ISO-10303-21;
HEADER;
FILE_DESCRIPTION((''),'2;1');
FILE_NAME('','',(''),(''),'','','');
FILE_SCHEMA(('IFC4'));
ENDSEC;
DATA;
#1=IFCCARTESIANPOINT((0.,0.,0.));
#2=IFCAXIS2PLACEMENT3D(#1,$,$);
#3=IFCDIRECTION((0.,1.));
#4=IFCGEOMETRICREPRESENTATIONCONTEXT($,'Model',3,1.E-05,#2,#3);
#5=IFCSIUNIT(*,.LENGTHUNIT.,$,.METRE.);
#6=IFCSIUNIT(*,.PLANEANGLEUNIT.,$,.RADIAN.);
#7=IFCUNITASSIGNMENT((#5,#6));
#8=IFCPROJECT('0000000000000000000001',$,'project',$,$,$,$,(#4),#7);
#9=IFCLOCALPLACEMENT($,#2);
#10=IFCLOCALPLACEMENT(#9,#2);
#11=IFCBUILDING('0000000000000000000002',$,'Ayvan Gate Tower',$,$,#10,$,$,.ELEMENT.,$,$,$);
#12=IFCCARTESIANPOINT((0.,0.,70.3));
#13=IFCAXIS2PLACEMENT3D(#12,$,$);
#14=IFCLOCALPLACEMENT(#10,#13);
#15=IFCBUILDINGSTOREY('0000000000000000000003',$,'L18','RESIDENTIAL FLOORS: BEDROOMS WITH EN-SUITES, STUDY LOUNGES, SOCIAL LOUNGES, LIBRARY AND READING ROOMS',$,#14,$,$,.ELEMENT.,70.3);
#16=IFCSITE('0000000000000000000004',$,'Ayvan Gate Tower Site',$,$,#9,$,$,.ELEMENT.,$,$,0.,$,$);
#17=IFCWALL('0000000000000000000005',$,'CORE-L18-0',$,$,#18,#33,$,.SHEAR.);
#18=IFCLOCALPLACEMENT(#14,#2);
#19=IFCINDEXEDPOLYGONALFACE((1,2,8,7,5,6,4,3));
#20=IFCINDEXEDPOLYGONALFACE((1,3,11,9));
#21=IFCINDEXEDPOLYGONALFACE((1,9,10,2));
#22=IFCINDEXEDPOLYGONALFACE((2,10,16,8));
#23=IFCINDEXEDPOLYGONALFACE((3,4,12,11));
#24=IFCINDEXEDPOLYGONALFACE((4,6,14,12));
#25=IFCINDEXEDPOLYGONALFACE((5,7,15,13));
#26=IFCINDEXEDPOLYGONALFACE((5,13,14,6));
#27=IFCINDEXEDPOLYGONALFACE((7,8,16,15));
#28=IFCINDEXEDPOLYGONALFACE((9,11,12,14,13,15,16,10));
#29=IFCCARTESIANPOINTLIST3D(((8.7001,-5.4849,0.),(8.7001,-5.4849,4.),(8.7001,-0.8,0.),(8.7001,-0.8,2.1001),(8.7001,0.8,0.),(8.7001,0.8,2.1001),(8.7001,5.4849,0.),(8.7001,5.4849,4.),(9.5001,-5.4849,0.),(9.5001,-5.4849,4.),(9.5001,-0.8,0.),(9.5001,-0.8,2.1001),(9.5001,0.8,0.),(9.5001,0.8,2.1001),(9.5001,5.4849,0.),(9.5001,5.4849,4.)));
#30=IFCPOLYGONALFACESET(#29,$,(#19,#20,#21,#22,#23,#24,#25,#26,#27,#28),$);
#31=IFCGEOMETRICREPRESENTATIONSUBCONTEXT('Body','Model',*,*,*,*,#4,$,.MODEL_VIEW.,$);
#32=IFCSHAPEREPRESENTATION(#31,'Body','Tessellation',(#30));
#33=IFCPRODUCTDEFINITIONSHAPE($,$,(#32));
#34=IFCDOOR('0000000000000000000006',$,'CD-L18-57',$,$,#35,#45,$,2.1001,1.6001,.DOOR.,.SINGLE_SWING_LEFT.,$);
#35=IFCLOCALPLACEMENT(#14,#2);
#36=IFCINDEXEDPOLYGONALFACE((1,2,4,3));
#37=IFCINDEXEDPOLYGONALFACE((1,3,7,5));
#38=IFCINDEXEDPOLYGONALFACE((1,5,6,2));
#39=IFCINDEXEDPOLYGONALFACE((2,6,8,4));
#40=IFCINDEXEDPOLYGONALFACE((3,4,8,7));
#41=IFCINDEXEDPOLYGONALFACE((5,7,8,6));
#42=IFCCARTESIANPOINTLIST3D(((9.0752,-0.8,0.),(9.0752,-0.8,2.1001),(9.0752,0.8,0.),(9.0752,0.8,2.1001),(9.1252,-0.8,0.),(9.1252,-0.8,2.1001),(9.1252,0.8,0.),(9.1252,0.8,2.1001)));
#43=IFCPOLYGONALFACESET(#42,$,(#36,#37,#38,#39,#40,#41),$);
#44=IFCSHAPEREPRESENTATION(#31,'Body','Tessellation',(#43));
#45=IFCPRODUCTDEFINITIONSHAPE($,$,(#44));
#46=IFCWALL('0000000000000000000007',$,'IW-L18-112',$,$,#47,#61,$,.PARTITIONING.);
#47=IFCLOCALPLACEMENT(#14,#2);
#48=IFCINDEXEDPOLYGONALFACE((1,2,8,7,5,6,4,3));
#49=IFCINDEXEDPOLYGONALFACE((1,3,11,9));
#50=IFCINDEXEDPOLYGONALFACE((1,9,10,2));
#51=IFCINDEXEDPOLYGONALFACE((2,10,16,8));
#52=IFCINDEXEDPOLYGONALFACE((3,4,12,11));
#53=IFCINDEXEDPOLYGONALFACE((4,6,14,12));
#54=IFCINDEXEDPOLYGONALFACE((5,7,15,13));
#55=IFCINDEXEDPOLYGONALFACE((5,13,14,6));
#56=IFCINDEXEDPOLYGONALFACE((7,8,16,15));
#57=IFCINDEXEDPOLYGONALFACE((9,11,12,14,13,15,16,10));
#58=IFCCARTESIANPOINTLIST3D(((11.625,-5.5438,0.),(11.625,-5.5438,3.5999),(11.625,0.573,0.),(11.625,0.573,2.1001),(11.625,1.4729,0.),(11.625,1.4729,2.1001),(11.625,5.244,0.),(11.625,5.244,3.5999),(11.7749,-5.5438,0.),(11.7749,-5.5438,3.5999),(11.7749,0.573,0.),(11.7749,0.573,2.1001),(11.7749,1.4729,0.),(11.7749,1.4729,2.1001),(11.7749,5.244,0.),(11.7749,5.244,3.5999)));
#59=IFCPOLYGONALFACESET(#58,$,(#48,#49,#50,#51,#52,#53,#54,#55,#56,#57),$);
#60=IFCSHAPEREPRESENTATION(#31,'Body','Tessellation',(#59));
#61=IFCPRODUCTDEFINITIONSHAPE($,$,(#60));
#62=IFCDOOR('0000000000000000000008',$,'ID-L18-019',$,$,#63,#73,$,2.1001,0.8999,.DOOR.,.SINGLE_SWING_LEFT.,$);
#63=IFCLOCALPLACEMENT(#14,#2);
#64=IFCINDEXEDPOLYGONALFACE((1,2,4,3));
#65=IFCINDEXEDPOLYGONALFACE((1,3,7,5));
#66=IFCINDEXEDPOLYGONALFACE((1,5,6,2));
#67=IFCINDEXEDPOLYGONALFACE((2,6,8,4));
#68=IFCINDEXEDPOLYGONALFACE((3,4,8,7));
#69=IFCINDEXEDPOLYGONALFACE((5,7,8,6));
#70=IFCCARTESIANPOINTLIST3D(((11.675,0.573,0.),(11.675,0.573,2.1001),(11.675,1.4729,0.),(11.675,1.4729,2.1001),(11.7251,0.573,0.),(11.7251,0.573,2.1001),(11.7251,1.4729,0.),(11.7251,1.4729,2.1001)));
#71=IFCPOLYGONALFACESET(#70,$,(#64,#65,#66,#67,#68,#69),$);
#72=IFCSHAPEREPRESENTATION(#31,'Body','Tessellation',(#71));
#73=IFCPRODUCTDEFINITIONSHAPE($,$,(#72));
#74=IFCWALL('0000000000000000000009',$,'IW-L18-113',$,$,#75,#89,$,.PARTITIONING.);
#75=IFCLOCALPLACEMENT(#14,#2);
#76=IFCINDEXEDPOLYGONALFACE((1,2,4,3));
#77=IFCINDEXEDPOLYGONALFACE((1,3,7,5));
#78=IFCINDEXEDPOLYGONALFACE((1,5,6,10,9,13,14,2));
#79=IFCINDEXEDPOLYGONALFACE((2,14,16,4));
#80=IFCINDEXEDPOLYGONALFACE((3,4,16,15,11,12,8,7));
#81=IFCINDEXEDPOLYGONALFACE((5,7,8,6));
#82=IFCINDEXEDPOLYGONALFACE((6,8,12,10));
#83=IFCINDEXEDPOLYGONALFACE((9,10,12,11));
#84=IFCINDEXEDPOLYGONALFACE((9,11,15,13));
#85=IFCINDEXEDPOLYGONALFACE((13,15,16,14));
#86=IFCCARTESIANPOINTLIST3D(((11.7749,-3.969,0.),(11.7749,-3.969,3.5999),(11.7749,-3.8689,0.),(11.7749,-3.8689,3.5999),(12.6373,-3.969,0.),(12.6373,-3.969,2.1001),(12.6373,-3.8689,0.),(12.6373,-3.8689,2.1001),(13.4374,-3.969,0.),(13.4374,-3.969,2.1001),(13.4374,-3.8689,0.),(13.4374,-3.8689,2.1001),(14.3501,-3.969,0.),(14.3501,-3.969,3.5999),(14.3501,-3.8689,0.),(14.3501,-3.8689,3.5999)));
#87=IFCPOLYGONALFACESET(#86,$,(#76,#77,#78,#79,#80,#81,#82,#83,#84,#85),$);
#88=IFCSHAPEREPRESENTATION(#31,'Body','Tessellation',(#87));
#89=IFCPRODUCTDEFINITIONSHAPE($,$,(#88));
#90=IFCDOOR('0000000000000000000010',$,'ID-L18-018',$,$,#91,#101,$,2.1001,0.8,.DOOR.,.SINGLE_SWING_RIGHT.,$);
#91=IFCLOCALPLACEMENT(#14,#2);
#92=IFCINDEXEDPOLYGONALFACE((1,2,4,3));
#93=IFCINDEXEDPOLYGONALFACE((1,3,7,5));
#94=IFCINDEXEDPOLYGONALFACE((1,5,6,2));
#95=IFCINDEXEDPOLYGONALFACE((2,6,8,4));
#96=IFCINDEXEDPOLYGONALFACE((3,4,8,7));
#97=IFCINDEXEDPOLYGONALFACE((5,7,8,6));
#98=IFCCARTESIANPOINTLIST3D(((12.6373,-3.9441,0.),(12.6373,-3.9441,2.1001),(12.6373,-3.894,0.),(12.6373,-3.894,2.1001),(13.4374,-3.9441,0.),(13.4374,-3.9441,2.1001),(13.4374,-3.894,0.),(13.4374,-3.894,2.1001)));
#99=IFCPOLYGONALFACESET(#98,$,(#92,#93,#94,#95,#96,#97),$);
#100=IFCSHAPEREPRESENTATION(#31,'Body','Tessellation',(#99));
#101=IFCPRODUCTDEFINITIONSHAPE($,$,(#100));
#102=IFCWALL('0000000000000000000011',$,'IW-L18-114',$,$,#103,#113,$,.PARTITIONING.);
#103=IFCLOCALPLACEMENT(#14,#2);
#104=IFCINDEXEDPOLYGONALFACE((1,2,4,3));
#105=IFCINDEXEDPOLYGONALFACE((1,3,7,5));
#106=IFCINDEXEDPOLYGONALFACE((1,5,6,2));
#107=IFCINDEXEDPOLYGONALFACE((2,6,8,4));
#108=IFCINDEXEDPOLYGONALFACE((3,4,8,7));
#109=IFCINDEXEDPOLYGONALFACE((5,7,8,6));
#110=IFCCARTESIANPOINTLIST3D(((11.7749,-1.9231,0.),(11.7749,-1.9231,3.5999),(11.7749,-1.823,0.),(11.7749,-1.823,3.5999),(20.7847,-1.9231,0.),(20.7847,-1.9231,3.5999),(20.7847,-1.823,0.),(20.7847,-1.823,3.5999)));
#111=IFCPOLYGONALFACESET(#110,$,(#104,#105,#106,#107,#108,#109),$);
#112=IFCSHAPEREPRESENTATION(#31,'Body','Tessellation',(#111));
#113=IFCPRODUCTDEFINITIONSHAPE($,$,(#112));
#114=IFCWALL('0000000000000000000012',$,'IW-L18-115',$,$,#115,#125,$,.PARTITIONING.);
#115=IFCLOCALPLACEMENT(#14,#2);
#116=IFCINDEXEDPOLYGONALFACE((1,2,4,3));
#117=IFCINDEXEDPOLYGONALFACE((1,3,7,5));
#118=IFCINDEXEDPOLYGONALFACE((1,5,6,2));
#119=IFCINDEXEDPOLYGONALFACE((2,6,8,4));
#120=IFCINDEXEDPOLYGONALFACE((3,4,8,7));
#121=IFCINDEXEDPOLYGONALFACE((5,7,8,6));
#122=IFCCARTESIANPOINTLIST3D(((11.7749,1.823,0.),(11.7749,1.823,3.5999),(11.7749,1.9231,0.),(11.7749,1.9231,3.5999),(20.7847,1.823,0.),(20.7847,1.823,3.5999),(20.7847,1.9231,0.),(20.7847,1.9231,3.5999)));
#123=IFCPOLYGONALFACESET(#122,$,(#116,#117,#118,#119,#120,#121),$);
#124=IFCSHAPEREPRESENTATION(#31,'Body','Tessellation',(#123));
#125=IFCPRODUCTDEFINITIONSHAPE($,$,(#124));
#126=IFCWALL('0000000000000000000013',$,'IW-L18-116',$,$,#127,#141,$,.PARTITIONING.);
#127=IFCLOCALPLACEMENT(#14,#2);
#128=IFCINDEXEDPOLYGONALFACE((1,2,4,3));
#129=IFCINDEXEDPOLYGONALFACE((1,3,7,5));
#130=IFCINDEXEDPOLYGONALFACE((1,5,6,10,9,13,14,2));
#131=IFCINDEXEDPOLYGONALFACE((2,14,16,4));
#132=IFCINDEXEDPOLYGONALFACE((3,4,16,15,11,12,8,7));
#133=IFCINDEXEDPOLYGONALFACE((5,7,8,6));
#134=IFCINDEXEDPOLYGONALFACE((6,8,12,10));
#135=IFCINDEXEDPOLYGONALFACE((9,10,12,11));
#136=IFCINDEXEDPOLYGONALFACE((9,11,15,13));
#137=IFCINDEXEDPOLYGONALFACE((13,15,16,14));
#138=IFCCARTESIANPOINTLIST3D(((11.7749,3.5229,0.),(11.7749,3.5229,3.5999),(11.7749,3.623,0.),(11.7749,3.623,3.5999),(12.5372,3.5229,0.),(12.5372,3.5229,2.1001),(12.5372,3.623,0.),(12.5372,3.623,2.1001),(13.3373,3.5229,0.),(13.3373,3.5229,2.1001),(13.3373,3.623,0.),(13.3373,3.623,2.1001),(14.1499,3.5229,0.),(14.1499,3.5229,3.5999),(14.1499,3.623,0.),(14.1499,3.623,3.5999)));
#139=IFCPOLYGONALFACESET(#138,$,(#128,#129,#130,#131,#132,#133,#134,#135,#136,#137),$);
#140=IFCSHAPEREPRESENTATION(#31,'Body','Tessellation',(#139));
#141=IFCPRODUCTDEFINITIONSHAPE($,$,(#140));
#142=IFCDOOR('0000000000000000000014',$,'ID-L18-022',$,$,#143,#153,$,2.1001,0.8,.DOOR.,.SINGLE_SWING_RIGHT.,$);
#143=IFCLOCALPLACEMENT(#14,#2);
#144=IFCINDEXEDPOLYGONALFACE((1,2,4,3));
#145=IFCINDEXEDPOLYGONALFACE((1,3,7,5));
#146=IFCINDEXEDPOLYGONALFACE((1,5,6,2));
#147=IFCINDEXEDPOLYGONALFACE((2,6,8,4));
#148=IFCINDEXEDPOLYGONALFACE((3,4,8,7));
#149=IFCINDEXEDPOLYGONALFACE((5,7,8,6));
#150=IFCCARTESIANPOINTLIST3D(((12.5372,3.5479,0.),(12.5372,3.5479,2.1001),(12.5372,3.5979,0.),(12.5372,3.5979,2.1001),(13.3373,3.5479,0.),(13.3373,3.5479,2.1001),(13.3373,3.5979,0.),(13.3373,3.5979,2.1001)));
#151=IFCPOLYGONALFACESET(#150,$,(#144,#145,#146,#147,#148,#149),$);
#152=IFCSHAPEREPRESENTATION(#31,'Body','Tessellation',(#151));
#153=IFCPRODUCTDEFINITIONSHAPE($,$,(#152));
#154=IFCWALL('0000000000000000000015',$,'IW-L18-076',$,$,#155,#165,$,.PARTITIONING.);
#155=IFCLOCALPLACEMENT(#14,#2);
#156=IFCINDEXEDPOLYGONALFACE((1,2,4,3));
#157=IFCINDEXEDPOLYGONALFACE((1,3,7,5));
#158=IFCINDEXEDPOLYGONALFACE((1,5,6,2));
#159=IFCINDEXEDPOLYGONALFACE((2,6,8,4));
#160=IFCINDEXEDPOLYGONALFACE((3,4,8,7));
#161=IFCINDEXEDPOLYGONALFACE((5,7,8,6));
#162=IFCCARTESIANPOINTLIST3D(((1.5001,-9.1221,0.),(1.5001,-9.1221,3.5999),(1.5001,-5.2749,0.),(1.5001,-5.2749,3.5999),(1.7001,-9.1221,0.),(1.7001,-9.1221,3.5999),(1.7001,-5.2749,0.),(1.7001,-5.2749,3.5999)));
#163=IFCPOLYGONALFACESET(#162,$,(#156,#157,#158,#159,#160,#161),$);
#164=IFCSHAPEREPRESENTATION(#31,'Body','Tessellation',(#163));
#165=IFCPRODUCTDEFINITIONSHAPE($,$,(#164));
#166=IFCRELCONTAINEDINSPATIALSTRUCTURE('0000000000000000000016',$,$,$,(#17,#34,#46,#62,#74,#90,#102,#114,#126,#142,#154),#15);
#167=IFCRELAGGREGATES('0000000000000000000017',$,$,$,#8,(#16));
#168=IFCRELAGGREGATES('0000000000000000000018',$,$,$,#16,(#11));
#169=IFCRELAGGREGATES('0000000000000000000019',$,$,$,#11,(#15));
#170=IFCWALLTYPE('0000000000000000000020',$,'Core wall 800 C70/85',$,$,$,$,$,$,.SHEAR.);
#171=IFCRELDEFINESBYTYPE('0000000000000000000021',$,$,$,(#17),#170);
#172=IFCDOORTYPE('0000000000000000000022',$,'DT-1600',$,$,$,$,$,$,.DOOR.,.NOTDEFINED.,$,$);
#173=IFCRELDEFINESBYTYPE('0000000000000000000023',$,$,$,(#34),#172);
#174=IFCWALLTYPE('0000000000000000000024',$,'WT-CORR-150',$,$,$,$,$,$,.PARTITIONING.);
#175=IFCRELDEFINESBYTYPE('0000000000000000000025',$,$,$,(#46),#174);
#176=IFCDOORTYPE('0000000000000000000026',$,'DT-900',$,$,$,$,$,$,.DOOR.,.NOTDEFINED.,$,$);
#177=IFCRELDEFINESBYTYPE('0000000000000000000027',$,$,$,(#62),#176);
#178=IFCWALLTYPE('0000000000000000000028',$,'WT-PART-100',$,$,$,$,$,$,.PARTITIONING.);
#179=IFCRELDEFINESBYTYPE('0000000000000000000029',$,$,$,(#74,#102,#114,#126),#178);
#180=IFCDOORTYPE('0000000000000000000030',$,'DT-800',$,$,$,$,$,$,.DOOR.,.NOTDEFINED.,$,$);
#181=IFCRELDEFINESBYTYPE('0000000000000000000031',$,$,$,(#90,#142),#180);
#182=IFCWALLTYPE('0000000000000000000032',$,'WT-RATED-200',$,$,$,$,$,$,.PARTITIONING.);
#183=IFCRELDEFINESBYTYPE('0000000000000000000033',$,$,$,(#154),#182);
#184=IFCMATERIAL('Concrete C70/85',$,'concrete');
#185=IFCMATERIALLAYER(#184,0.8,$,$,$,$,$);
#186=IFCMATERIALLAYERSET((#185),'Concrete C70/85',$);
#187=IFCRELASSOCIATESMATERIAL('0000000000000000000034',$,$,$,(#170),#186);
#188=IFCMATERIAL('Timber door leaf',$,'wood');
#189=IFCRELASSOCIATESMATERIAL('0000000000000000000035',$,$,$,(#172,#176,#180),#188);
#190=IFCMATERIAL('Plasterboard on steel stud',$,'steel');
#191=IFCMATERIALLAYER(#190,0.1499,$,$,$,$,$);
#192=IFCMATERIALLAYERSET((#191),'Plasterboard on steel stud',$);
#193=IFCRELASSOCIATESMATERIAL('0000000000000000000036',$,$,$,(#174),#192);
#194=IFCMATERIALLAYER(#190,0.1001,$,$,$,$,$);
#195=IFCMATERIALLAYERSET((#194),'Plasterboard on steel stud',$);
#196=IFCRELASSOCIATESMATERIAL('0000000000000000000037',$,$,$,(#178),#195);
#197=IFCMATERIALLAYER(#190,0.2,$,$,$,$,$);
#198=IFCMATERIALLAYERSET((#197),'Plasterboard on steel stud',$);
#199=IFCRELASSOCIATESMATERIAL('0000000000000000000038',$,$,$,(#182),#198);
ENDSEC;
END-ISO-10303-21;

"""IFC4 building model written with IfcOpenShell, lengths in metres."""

from ifc_helpers import new_model, si_unit, direction, frame, frame_2d, origin, place, context, subcontext, project, spatial, rectangle, extrude, material, layer, layer_set, type_object, element, fill, save


model = new_model("IFC4")

# Units and contexts
model_context = context("Model", 3, precision=1e-05, world=origin(), true_north=direction((0.0, 1.0)))
body_context = subcontext(model_context, "Body", "Model", "MODEL_VIEW")
ifc_project = project(units=[si_unit("LENGTHUNIT", "METRE"), si_unit("PLANEANGLEUNIT", "RADIAN")], contexts=[model_context])

# Site, building, storey
site_placement = place(None, origin())
site = spatial("IfcSite", under=ifc_project, at=site_placement, Name="Ayvan Gate Tower Site", CompositionType="ELEMENT", RefElevation=0.0)
building_placement = place(site_placement, origin())
building = spatial("IfcBuilding", under=site, at=building_placement, Name="Ayvan Gate Tower", CompositionType="ELEMENT")
storey_placement = place(building_placement, frame((0.0, 0.0, 70.3)))
storey = spatial("IfcBuildingStorey", under=building, at=storey_placement, Name="L18", Description="RESIDENTIAL FLOORS: BEDROOMS WITH EN-SUITES, STUDY LOUNGES, SOCIAL LOUNGES, LIBRARY AND READING ROOMS", CompositionType="ELEMENT", Elevation=70.3)

# Walls, openings, doors
ifc_material_1 = material(Name="Concrete C70/85", Category="concrete")
ifc_layer_1 = layer(ifc_material_1, 0.8)
ifc_layer_set_1 = layer_set([ifc_layer_1], Name="Concrete C70/85")
wall_type_1 = type_object("IfcWallType", Name="Core wall 800 C70/85", PredefinedType="SHEAR", material=ifc_layer_set_1)
wall_1_placement = place(storey_placement, frame((9.1001, -5.4849, 0.0), z_axis=(0.0, 0.0, 1.0), x_axis=(0.0, 1.0, 0.0)))
wall_1 = element("IfcWall", 1, at=wall_1_placement, inside=storey, type_object=wall_type_1, Name="CORE-L18-0", PredefinedType="SHEAR", context=body_context, shape_type="SweptSolid", body=[
    extrude(rectangle(XDim=10.9697, YDim=0.8, at=frame_2d((5.4849, 0.0))), origin(), (0.0, 0.0, 1.0), 4.0),
])
opening_1_placement = place(wall_1_placement, frame((4.6848, 0.0, 0.0)))
opening_1 = element("IfcOpeningElement", 2, at=opening_1_placement, cuts=wall_1, PredefinedType="OPENING", context=body_context, shape_type="SweptSolid", body=[
    extrude(rectangle(XDim=1.6001, YDim=2.1001, at=frame_2d((0.8, 1.05))), frame((0.0, 0.4099, 0.0), z_axis=(0.0, -1.0, 0.0), x_axis=(1.0, 0.0, 0.0)), (0.0, 0.0, 1.0), 0.8201),
])
ifc_material_2 = material(Name="Timber door leaf", Category="wood")
door_type_1 = type_object("IfcDoorType", Name="DT-1600", OperationType="NOTDEFINED", PredefinedType="DOOR", material=ifc_material_2)
door_1_placement = place(opening_1_placement, origin())
door_1 = element("IfcDoor", 3, at=door_1_placement, inside=storey, type_object=door_type_1, Name="CD-L18-57", OperationType="SINGLE_SWING_LEFT", OverallHeight=2.1001, OverallWidth=1.6001, PredefinedType="DOOR", context=body_context, shape_type="SweptSolid", body=[
    extrude(rectangle(XDim=1.6001, YDim=2.1001, at=frame_2d((0.8, 1.05))), frame((0.0, 0.0249, 0.0), z_axis=(0.0, -1.0, 0.0), x_axis=(1.0, 0.0, 0.0)), (0.0, 0.0, 1.0), 0.05),
])
fill(opening_1, door_1)
ifc_material_3 = material(Name="Plasterboard on steel stud", Category="steel")
ifc_layer_2 = layer(ifc_material_3, 0.1499)
ifc_layer_set_2 = layer_set([ifc_layer_2], Name="Plasterboard on steel stud")
wall_type_2 = type_object("IfcWallType", Name="WT-CORR-150", PredefinedType="PARTITIONING", material=ifc_layer_set_2)
wall_2_placement = place(storey_placement, frame((11.7, -5.5439, 0.0), z_axis=(0.0, 0.0, 1.0), x_axis=(0.0, 1.0, 0.0)))
wall_2 = element("IfcWall", 4, at=wall_2_placement, inside=storey, type_object=wall_type_2, Name="IW-L18-112", PredefinedType="PARTITIONING", context=body_context, shape_type="SweptSolid", body=[
    extrude(rectangle(XDim=10.7878, YDim=0.1499, at=frame_2d((5.394, 0.0))), origin(), (0.0, 0.0, 1.0), 3.5999),
])
opening_2_placement = place(wall_2_placement, frame((6.1169, 0.0, 0.0)))
opening_2 = element("IfcOpeningElement", 5, at=opening_2_placement, cuts=wall_2, PredefinedType="OPENING", context=body_context, shape_type="SweptSolid", body=[
    extrude(rectangle(XDim=0.8999, YDim=2.1001, at=frame_2d((0.45, 1.05))), frame((0.0, 0.085, 0.0), z_axis=(0.0, -1.0, 0.0), x_axis=(1.0, 0.0, 0.0)), (0.0, 0.0, 1.0), 0.1699),
])
door_type_2 = type_object("IfcDoorType", Name="DT-900", OperationType="NOTDEFINED", PredefinedType="DOOR", material=ifc_material_2)
door_2_placement = place(opening_2_placement, origin())
door_2 = element("IfcDoor", 6, at=door_2_placement, inside=storey, type_object=door_type_2, Name="ID-L18-019", OperationType="SINGLE_SWING_LEFT", OverallHeight=2.1001, OverallWidth=0.8999, PredefinedType="DOOR", context=body_context, shape_type="SweptSolid", body=[
    extrude(rectangle(XDim=0.8999, YDim=2.1001, at=frame_2d((0.45, 1.05))), frame((0.0, 0.0249, 0.0), z_axis=(0.0, -1.0, 0.0), x_axis=(1.0, 0.0, 0.0)), (0.0, 0.0, 1.0), 0.05),
])
fill(opening_2, door_2)
ifc_layer_3 = layer(ifc_material_3, 0.1001)
ifc_layer_set_3 = layer_set([ifc_layer_3], Name="Plasterboard on steel stud")
wall_type_3 = type_object("IfcWallType", Name="WT-PART-100", PredefinedType="PARTITIONING", material=ifc_layer_set_3)
wall_3_placement = place(storey_placement, frame((11.7749, -3.9189, 0.0), z_axis=(0.0, 0.0, 1.0), x_axis=(1.0, 0.0, 0.0)))
wall_3 = element("IfcWall", 7, at=wall_3_placement, inside=storey, type_object=wall_type_3, Name="IW-L18-113", PredefinedType="PARTITIONING", context=body_context, shape_type="SweptSolid", body=[
    extrude(rectangle(XDim=2.5752, YDim=0.1001, at=frame_2d((1.2876, 0.0))), origin(), (0.0, 0.0, 1.0), 3.5999),
])
opening_3_placement = place(wall_3_placement, frame((0.8625, 0.0, 0.0)))
opening_3 = element("IfcOpeningElement", 8, at=opening_3_placement, cuts=wall_3, PredefinedType="OPENING", context=body_context, shape_type="SweptSolid", body=[
    extrude(rectangle(XDim=0.8, YDim=2.1001, at=frame_2d((0.3999, 1.05))), frame((0.0, 0.0601, 0.0), z_axis=(0.0, -1.0, 0.0), x_axis=(1.0, 0.0, 0.0)), (0.0, 0.0, 1.0), 0.1201),
])
door_type_3 = type_object("IfcDoorType", Name="DT-800", OperationType="NOTDEFINED", PredefinedType="DOOR", material=ifc_material_2)
door_3_placement = place(opening_3_placement, origin())
door_3 = element("IfcDoor", 9, at=door_3_placement, inside=storey, type_object=door_type_3, Name="ID-L18-018", OperationType="SINGLE_SWING_RIGHT", OverallHeight=2.1001, OverallWidth=0.8, PredefinedType="DOOR", context=body_context, shape_type="SweptSolid", body=[
    extrude(rectangle(XDim=0.8, YDim=2.1001, at=frame_2d((0.3999, 1.05))), frame((0.0, 0.0249, 0.0), z_axis=(0.0, -1.0, 0.0), x_axis=(1.0, 0.0, 0.0)), (0.0, 0.0, 1.0), 0.05),
])
fill(opening_3, door_3)

# Walls
for number, where, z_axis, x_axis, name in (
    (10, (11.7749, -1.873, 0.0), (0.0, 0.0, 1.0), (1.0, 0.0, 0.0), "IW-L18-114"),
    (11, (11.7749, 1.873, 0.0), (0.0, 0.0, 1.0), (1.0, 0.0, 0.0), "IW-L18-115"),
):
    element("IfcWall", number, at=place(storey_placement, frame(where, z_axis=z_axis, x_axis=x_axis)), inside=storey, type_object=wall_type_3, Name=name, PredefinedType="PARTITIONING", context=body_context, shape_type="SweptSolid", body=[
        extrude(rectangle(XDim=9.0098, YDim=0.1001, at=frame_2d((4.5049, 0.0))), origin(), (0.0, 0.0, 1.0), 3.5999),
    ])

# Wall, opening, door
wall_4_placement = place(storey_placement, frame((11.7749, 3.573, 0.0), z_axis=(0.0, 0.0, 1.0), x_axis=(1.0, 0.0, 0.0)))
wall_4 = element("IfcWall", 12, at=wall_4_placement, inside=storey, type_object=wall_type_3, Name="IW-L18-116", PredefinedType="PARTITIONING", context=body_context, shape_type="SweptSolid", body=[
    extrude(rectangle(XDim=2.375, YDim=0.1001, at=frame_2d((1.1875, 0.0))), origin(), (0.0, 0.0, 1.0), 3.5999),
])
opening_4_placement = place(wall_4_placement, frame((0.7625, 0.0, 0.0)))
opening_4 = element("IfcOpeningElement", 13, at=opening_4_placement, cuts=wall_4, PredefinedType="OPENING", context=body_context, shape_type="SweptSolid", body=[
    extrude(rectangle(XDim=0.8, YDim=2.1001, at=frame_2d((0.3999, 1.05))), frame((0.0, 0.0601, 0.0), z_axis=(0.0, -1.0, 0.0), x_axis=(1.0, 0.0, 0.0)), (0.0, 0.0, 1.0), 0.1201),
])
door_4_placement = place(opening_4_placement, origin())
door_4 = element("IfcDoor", 14, at=door_4_placement, inside=storey, type_object=door_type_3, Name="ID-L18-022", OperationType="SINGLE_SWING_RIGHT", OverallHeight=2.1001, OverallWidth=0.8, PredefinedType="DOOR", context=body_context, shape_type="SweptSolid", body=[
    extrude(rectangle(XDim=0.8, YDim=2.1001, at=frame_2d((0.3999, 1.05))), frame((0.0, 0.0249, 0.0), z_axis=(0.0, -1.0, 0.0), x_axis=(1.0, 0.0, 0.0)), (0.0, 0.0, 1.0), 0.05),
])
fill(opening_4, door_4)

# Wall
ifc_layer_4 = layer(ifc_material_3, 0.2)
ifc_layer_set_4 = layer_set([ifc_layer_4], Name="Plasterboard on steel stud")
wall_type_4 = type_object("IfcWallType", Name="WT-RATED-200", PredefinedType="PARTITIONING", material=ifc_layer_set_4)
wall_5_placement = place(storey_placement, frame((1.6001, -5.2749, 0.0), z_axis=(0.0, 0.0, 1.0), x_axis=(0.0, -1.0, 0.0)))
element("IfcWall", 15, at=wall_5_placement, inside=storey, type_object=wall_type_4, Name="IW-L18-076", PredefinedType="PARTITIONING", context=body_context, shape_type="SweptSolid", body=[
    extrude(rectangle(XDim=3.8472, YDim=0.2, at=frame_2d((1.9236, 0.0))), origin(), (0.0, 0.0, 1.0), 3.5999),
])

save(model, "model.ifc")
